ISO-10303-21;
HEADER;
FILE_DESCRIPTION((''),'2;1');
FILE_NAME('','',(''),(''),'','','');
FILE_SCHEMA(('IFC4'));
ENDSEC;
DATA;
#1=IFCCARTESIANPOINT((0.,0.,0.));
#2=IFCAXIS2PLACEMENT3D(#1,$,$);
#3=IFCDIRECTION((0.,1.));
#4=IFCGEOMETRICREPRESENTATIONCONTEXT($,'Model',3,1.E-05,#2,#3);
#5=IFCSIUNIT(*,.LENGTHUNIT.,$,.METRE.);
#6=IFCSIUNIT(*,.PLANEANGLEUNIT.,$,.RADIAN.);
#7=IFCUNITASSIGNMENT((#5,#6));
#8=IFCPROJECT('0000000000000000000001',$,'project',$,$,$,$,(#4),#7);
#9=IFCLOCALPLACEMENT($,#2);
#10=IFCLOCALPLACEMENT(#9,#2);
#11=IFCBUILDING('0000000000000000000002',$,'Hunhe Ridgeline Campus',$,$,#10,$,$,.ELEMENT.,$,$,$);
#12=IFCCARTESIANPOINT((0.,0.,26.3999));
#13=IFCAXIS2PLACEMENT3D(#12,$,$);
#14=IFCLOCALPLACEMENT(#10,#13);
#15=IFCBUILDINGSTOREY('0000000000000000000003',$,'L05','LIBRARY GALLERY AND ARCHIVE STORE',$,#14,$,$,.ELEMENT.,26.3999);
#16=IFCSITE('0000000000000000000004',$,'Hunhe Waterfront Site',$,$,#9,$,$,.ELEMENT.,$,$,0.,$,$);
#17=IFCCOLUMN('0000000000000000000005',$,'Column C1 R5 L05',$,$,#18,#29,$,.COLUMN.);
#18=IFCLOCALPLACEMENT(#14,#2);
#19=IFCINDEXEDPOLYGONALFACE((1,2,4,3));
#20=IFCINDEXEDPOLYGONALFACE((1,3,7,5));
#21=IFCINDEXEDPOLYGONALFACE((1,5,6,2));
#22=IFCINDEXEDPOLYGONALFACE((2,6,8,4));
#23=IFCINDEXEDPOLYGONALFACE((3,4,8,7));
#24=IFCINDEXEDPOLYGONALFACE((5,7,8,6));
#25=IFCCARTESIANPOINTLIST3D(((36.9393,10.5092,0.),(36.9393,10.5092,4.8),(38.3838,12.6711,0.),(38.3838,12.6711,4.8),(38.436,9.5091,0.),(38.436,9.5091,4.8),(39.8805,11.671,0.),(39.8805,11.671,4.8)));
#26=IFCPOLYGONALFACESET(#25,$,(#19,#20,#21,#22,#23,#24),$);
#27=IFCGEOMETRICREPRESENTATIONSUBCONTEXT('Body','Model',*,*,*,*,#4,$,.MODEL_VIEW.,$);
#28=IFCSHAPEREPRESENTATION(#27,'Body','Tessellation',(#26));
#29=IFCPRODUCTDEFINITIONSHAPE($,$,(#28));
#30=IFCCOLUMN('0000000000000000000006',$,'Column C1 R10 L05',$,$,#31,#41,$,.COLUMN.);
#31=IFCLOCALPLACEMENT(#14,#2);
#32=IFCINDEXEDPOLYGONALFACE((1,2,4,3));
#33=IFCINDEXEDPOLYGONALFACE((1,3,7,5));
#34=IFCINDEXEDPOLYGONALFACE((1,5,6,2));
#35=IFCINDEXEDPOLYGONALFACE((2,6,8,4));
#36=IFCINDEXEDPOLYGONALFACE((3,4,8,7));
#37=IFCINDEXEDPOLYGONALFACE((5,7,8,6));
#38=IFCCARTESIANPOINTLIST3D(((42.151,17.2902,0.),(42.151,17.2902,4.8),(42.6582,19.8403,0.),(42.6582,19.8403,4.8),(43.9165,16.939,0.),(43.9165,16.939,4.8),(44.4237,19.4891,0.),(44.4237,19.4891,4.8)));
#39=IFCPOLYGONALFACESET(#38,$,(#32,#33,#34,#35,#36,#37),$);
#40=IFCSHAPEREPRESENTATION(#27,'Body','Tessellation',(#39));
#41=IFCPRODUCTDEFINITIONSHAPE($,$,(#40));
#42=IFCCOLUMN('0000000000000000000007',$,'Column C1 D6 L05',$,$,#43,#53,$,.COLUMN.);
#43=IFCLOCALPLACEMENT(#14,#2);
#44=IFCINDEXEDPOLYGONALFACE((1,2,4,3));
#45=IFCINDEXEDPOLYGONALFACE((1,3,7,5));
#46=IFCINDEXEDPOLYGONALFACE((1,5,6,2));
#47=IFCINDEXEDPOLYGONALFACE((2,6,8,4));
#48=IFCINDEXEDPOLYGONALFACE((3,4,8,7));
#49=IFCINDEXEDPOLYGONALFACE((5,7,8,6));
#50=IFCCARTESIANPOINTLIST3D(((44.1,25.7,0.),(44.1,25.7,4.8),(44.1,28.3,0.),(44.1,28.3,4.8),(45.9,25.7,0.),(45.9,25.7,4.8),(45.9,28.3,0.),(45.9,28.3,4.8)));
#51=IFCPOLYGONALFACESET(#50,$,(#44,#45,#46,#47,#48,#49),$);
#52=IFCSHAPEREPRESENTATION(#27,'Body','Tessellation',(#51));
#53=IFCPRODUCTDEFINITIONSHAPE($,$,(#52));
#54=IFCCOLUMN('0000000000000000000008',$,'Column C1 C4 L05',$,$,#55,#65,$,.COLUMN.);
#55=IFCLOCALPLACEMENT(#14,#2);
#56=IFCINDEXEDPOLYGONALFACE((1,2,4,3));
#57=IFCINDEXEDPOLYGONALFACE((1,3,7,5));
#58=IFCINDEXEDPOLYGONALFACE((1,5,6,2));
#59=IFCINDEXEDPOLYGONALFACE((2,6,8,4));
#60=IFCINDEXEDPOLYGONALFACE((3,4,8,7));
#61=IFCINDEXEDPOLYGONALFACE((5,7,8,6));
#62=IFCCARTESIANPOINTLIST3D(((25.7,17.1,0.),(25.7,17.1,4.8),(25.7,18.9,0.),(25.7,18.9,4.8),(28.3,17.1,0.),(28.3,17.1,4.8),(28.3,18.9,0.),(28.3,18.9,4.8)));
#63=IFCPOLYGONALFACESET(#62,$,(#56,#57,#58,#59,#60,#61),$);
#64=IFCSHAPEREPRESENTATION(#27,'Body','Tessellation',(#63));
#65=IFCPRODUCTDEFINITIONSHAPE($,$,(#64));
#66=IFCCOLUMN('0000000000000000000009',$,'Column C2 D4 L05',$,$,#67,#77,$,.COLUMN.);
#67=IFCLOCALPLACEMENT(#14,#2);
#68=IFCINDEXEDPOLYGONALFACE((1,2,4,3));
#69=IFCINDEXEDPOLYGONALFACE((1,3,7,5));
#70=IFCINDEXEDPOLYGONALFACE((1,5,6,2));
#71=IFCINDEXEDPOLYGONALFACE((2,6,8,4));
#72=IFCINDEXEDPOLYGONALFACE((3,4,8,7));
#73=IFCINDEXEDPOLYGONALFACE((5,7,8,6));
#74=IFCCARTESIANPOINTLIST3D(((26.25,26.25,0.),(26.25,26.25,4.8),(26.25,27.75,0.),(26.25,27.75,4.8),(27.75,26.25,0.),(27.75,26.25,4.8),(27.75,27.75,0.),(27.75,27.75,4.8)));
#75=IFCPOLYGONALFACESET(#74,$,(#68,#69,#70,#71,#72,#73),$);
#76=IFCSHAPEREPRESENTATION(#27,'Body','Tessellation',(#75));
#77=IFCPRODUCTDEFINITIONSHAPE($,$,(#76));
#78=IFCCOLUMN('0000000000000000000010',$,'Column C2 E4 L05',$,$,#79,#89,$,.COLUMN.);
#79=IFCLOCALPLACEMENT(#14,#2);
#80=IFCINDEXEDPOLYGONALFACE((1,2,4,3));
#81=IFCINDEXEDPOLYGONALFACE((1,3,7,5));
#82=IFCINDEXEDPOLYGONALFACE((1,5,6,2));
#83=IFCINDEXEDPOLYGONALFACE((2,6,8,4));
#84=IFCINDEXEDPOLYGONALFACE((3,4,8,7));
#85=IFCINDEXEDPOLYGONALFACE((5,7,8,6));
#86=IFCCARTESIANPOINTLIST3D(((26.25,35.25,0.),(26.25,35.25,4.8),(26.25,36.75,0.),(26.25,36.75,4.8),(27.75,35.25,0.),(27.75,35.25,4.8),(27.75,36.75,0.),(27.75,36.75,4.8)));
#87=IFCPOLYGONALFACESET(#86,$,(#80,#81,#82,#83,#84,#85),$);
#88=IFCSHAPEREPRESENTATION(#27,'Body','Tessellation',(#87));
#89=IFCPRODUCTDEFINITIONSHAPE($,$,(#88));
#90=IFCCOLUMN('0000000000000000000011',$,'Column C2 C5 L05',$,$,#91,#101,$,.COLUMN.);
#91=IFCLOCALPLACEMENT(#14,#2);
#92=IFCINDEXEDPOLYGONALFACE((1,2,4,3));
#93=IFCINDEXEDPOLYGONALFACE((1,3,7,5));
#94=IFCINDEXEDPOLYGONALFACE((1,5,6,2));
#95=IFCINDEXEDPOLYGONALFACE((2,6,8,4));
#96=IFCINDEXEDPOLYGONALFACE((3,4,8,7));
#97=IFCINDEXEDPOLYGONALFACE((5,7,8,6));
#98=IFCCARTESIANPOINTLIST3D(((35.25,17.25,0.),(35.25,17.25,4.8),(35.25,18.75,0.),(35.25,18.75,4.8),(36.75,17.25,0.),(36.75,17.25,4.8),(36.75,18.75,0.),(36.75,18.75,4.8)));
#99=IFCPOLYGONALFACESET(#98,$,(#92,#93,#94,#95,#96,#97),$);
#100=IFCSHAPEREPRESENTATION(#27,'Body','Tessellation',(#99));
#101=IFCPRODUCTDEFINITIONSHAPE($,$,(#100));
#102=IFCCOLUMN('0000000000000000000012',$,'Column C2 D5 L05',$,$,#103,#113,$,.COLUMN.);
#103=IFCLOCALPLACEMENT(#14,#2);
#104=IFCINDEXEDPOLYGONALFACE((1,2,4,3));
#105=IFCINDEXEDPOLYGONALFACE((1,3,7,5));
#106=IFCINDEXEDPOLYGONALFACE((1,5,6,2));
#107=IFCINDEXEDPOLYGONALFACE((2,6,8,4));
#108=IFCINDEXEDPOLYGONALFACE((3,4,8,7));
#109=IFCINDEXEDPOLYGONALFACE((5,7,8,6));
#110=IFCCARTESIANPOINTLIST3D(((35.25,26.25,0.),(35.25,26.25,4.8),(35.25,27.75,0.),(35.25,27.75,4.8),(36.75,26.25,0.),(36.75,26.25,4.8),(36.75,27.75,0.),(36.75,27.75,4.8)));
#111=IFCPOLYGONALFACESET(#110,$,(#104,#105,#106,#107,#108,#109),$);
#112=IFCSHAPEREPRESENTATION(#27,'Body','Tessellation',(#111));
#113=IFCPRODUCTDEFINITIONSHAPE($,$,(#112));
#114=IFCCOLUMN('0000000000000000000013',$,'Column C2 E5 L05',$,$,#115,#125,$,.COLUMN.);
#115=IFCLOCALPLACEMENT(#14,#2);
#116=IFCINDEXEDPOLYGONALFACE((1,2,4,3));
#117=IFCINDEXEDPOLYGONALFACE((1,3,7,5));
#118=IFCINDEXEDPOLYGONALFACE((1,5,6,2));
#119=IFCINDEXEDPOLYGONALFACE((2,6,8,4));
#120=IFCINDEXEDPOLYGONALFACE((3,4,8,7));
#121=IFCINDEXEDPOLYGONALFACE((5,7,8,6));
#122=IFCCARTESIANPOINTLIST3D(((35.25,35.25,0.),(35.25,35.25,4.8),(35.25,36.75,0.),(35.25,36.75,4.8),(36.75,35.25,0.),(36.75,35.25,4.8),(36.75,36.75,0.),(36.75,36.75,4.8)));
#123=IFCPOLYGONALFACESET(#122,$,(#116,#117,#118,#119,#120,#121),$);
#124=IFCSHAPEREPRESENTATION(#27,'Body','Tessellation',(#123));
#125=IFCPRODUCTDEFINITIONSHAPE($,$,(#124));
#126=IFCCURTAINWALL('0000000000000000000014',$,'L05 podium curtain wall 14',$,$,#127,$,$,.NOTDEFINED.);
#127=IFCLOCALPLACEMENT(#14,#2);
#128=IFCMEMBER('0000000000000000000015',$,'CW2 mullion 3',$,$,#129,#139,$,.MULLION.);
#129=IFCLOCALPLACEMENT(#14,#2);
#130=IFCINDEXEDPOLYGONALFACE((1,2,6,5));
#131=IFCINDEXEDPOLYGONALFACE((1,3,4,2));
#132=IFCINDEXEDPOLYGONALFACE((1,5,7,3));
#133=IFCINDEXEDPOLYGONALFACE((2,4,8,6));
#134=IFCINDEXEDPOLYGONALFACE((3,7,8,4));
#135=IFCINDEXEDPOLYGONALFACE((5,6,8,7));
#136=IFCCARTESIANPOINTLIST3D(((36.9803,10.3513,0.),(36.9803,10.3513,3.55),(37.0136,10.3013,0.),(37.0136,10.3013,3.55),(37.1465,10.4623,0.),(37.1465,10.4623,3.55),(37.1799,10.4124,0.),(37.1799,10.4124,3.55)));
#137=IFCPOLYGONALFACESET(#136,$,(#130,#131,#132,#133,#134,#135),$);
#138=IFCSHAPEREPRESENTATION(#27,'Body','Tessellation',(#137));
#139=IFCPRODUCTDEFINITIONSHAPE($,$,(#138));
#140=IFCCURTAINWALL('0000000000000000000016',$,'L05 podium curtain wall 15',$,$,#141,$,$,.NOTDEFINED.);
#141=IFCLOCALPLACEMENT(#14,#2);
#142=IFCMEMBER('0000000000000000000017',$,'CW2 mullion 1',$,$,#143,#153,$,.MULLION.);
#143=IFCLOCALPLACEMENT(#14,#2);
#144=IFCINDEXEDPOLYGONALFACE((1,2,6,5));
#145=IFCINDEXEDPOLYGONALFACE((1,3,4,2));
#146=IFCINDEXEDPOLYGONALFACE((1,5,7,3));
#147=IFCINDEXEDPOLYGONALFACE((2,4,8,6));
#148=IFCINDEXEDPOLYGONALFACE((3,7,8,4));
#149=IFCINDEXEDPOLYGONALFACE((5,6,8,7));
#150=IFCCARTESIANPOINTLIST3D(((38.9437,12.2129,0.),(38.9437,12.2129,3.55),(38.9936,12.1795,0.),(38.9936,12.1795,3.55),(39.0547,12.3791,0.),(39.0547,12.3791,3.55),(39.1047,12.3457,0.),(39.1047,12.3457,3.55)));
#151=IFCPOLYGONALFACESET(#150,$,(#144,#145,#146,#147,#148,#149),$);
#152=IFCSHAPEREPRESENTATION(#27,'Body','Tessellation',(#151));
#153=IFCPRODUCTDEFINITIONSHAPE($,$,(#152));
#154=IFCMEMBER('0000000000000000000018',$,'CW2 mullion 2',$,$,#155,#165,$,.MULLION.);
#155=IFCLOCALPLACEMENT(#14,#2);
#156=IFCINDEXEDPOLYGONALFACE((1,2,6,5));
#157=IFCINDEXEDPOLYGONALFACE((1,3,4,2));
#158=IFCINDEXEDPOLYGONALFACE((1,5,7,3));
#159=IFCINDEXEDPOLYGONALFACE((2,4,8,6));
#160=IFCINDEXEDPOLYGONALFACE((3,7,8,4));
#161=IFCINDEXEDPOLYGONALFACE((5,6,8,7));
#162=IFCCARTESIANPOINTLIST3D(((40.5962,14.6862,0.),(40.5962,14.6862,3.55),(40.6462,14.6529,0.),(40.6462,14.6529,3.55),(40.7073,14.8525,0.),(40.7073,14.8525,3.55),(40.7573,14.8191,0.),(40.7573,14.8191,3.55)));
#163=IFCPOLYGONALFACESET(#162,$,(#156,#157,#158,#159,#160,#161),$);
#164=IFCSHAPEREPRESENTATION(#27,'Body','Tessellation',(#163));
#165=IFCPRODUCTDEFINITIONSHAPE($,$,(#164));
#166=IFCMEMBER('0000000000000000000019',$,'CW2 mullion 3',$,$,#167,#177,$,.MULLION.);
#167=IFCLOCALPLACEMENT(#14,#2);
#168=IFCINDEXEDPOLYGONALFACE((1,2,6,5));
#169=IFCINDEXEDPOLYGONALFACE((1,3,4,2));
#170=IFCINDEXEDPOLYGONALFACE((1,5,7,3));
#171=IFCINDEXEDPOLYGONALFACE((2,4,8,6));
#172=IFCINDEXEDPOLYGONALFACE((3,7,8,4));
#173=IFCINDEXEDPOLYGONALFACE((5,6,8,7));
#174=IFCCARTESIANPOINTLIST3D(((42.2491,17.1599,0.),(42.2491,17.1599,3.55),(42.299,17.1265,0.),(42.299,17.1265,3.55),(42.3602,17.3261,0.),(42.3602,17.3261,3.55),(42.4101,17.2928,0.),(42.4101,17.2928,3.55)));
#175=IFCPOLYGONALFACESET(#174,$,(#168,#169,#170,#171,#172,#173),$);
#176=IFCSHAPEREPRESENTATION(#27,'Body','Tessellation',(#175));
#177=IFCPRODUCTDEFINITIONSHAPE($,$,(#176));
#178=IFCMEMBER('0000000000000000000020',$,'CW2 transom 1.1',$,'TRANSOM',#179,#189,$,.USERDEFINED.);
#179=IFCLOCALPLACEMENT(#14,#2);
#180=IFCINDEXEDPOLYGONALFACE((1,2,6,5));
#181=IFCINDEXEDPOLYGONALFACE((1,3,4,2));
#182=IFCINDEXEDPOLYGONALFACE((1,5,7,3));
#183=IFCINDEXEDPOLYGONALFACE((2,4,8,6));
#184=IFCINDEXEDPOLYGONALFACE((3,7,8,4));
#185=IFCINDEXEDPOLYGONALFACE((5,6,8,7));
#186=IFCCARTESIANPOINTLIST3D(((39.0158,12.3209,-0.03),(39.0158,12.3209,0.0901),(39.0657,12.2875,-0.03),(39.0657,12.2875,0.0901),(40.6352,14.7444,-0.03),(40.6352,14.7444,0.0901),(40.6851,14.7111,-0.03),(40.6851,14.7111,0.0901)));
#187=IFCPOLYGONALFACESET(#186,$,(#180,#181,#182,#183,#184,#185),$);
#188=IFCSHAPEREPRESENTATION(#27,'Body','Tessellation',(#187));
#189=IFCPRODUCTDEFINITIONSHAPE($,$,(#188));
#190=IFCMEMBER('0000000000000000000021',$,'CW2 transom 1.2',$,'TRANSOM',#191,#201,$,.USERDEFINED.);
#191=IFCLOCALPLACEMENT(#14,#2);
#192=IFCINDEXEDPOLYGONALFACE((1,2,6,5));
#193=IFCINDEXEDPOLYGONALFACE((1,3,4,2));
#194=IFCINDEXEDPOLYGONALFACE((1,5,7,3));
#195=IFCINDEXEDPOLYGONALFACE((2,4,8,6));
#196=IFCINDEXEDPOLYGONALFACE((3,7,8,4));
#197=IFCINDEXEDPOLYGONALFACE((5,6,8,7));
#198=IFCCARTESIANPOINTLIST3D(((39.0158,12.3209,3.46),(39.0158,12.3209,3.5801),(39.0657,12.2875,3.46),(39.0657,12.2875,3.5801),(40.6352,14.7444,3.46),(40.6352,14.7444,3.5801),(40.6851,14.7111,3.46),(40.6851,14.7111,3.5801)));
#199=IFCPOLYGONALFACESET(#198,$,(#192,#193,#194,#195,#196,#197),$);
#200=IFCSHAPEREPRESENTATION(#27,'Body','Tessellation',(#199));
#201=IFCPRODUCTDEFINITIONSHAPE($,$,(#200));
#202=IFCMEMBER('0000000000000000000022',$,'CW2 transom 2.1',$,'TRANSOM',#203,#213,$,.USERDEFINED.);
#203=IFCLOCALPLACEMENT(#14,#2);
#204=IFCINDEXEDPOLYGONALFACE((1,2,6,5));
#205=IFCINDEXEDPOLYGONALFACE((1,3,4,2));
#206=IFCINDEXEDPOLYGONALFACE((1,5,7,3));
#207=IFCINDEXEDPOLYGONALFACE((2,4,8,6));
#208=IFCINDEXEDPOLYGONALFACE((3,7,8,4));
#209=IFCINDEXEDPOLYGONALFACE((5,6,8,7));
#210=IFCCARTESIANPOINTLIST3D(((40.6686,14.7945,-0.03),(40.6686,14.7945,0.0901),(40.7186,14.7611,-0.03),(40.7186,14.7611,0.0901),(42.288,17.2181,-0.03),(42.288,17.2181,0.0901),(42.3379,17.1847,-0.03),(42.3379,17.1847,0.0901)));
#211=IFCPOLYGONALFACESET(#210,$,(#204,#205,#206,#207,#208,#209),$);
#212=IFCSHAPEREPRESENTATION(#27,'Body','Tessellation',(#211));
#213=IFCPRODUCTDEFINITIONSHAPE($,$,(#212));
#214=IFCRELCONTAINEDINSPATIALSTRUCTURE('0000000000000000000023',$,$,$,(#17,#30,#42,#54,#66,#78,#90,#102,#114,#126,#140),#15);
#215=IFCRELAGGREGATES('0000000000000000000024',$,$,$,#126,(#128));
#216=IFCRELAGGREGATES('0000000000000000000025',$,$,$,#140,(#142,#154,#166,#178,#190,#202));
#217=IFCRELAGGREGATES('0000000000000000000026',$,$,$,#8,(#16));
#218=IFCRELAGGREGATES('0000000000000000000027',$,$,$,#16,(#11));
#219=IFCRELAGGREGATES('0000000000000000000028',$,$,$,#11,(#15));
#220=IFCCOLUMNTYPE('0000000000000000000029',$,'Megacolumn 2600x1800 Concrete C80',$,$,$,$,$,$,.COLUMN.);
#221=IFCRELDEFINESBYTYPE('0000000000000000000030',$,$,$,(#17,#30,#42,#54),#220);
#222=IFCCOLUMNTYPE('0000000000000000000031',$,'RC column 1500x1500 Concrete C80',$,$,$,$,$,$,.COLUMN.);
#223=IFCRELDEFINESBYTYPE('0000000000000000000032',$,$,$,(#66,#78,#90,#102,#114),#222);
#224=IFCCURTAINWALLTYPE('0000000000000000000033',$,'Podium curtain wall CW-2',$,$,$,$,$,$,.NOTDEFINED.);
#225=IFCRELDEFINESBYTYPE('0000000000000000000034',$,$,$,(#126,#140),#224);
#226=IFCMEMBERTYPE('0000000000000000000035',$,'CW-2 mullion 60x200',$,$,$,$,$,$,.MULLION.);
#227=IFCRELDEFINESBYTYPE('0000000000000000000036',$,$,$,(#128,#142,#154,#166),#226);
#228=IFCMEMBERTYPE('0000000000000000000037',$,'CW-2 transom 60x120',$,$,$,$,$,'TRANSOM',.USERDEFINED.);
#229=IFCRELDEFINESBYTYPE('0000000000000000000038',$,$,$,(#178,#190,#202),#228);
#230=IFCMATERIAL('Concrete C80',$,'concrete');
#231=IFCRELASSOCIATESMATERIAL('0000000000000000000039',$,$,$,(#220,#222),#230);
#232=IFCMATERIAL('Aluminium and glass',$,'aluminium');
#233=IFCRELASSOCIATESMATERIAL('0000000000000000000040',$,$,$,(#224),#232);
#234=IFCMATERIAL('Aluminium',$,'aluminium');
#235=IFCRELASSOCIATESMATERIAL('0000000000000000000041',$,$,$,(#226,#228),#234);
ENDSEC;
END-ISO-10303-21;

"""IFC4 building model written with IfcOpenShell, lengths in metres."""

from ifc_helpers import new_model, si_unit, direction, frame, origin, origin_2d, place, context, subcontext, project, spatial, rectangle, extrude, material, material_profile, profile_set, type_object, element, aggregate, save


model = new_model("IFC4")

# Units and contexts
model_context = context("Model", 3, precision=1e-05, world=origin(), true_north=direction((0.0, 1.0)))
body_context = subcontext(model_context, "Body", "Model", "MODEL_VIEW")
ifc_project = project(units=[si_unit("LENGTHUNIT", "METRE"), si_unit("PLANEANGLEUNIT", "RADIAN")], contexts=[model_context])

# Site, building, storey
site_placement = place(None, origin())
site = spatial("IfcSite", under=ifc_project, at=site_placement, Name="Hunhe Waterfront Site", CompositionType="ELEMENT", RefElevation=0.0)
building_placement = place(site_placement, origin())
building = spatial("IfcBuilding", under=site, at=building_placement, Name="Hunhe Ridgeline Campus", CompositionType="ELEMENT")
storey_placement = place(building_placement, frame((0.0, 0.0, 26.3999)))
storey = spatial("IfcBuildingStorey", under=building, at=storey_placement, Name="L05", Description="LIBRARY GALLERY AND ARCHIVE STORE", CompositionType="ELEMENT", Elevation=26.3999)

# Columns
ifc_material_1 = material(Name="Concrete C80", Category="concrete")
ifc_material_profile_1 = material_profile(ifc_material_1, rectangle(XDim=2.6001, YDim=1.8, at=origin_2d()))
ifc_profile_set_1 = profile_set([ifc_material_profile_1], Name="Concrete C80")
column_type_1 = type_object("IfcColumnType", Name="Megacolumn 2600x1800 Concrete C80", PredefinedType="COLUMN", material=ifc_profile_set_1)
for number, where, z_axis, x_axis, name in (
    (1, (38.4099, 11.0901, 0.0), (0.0, 0.0, 1.0), (0.55557, 0.83147, 0.0), "Column C1 R5 L05"),
    (2, (43.2874, 18.3896, 0.0), (0.0, 0.0, 1.0), (0.19509, 0.980785, 0.0), "Column C1 R10 L05"),
    (3, (45.0, 27.0, 0.0), (0.0, 0.0, 1.0), (0.0, 1.0, 0.0), "Column C1 D6 L05"),
    (4, (27.0, 18.0, 0.0), (0.0, 0.0, 1.0), (1.0, 0.0, 0.0), "Column C1 C4 L05"),
):
    element("IfcColumn", number, at=place(storey_placement, frame(where, z_axis=z_axis, x_axis=x_axis)), inside=storey, type_object=column_type_1, Name=name, PredefinedType="COLUMN", context=body_context, shape_type="SweptSolid", body=[
        extrude(rectangle(XDim=2.6001, YDim=1.8, at=origin_2d()), origin(), (0.0, 0.0, 1.0), 4.8),
    ])
ifc_material_profile_2 = material_profile(ifc_material_1, rectangle(XDim=1.5, YDim=1.5, at=origin_2d()))
ifc_profile_set_2 = profile_set([ifc_material_profile_2], Name="Concrete C80")
column_type_2 = type_object("IfcColumnType", Name="RC column 1500x1500 Concrete C80", PredefinedType="COLUMN", material=ifc_profile_set_2)
for number, where, z_axis, x_axis, name in (
    (5, (27.0, 27.0, 0.0), (0.0, 0.0, 1.0), (1.0, 0.0, 0.0), "Column C2 D4 L05"),
    (6, (27.0, 36.0, 0.0), (0.0, 0.0, 1.0), (1.0, 0.0, 0.0), "Column C2 E4 L05"),
    (7, (36.0, 18.0, 0.0), (0.0, 0.0, 1.0), (1.0, 0.0, 0.0), "Column C2 C5 L05"),
    (8, (36.0, 27.0, 0.0), (0.0, 0.0, 1.0), (1.0, 0.0, 0.0), "Column C2 D5 L05"),
    (9, (36.0, 36.0, 0.0), (0.0, 0.0, 1.0), (1.0, 0.0, 0.0), "Column C2 E5 L05"),
):
    element("IfcColumn", number, at=place(storey_placement, frame(where, z_axis=z_axis, x_axis=x_axis)), inside=storey, type_object=column_type_2, Name=name, PredefinedType="COLUMN", context=body_context, shape_type="SweptSolid", body=[
        extrude(rectangle(XDim=1.5, YDim=1.5, at=origin_2d()), origin(), (0.0, 0.0, 1.0), 4.8),
    ])

# Curtain wall, member
ifc_material_2 = material(Name="Aluminium and glass", Category="aluminium")
curtain_wall_type = type_object("IfcCurtainWallType", Name="Podium curtain wall CW-2", PredefinedType="NOTDEFINED", material=ifc_material_2)
curtain_wall_1_placement = place(storey_placement, origin())
curtain_wall_1 = element("IfcCurtainWall", 10, at=curtain_wall_1_placement, inside=storey, type_object=curtain_wall_type, Name="L05 podium curtain wall 14", PredefinedType="NOTDEFINED")
ifc_material_3 = material(Name="Aluminium", Category="aluminium")
ifc_material_profile_3 = material_profile(ifc_material_3, rectangle(XDim=0.0601, YDim=0.2, at=origin_2d()))
ifc_profile_set_3 = profile_set([ifc_material_profile_3], Name="Aluminium")
member_type_1 = type_object("IfcMemberType", Name="CW-2 mullion 60x200", PredefinedType="MULLION", material=ifc_profile_set_3)
member_1_placement = place(storey_placement, frame((37.0801, 10.3818, 0.0), z_axis=(0.0, 0.0, 1.0), x_axis=(-0.555579, 0.831464, 0.0)))
member_1 = element("IfcMember", 11, at=member_1_placement, type_object=member_type_1, Name="CW2 mullion 3", PredefinedType="MULLION", context=body_context, shape_type="SweptSolid", body=[
    extrude(rectangle(XDim=0.0601, YDim=0.2, at=origin_2d()), origin(), (0.0, 0.0, 1.0), 3.55),
])
aggregate(curtain_wall_1, [member_1])

# Curtain wall, members
curtain_wall_2_placement = place(storey_placement, origin())
curtain_wall_2 = element("IfcCurtainWall", 12, at=curtain_wall_2_placement, inside=storey, type_object=curtain_wall_type, Name="L05 podium curtain wall 15", PredefinedType="NOTDEFINED")
member_2_placement = place(storey_placement, frame((39.0242, 12.2793, 0.0), z_axis=(0.0, 0.0, 1.0), x_axis=(-0.831469, 0.555572, 0.0)))
member_2 = element("IfcMember", 13, at=member_2_placement, type_object=member_type_1, Name="CW2 mullion 1", PredefinedType="MULLION", context=body_context, shape_type="SweptSolid", body=[
    extrude(rectangle(XDim=0.0601, YDim=0.2, at=origin_2d()), origin(), (0.0, 0.0, 1.0), 3.55),
])
member_3_placement = place(storey_placement, frame((40.6768, 14.7527, 0.0), z_axis=(0.0, 0.0, 1.0), x_axis=(-0.831469, 0.555572, 0.0)))
member_3 = element("IfcMember", 14, at=member_3_placement, type_object=member_type_1, Name="CW2 mullion 2", PredefinedType="MULLION", context=body_context, shape_type="SweptSolid", body=[
    extrude(rectangle(XDim=0.0601, YDim=0.2, at=origin_2d()), origin(), (0.0, 0.0, 1.0), 3.55),
])
member_4_placement = place(storey_placement, frame((42.3296, 17.2263, 0.0), z_axis=(0.0, 0.0, 1.0), x_axis=(-0.831469, 0.555572, 0.0)))
member_4 = element("IfcMember", 15, at=member_4_placement, type_object=member_type_1, Name="CW2 mullion 3", PredefinedType="MULLION", context=body_context, shape_type="SweptSolid", body=[
    extrude(rectangle(XDim=0.0601, YDim=0.2, at=origin_2d()), origin(), (0.0, 0.0, 1.0), 3.55),
])
ifc_material_profile_4 = material_profile(ifc_material_3, rectangle(XDim=0.0601, YDim=0.1201, at=origin_2d()))
ifc_profile_set_4 = profile_set([ifc_material_profile_4], Name="Aluminium")
member_type_2 = type_object("IfcMemberType", Name="CW-2 transom 60x120", ElementType="TRANSOM", PredefinedType="USERDEFINED", material=ifc_profile_set_4)
member_5_placement = place(storey_placement, frame((39.0408, 12.3042, 0.03), z_axis=(0.55557, 0.83147, 0.0), x_axis=(-0.83147, 0.55557, 0.0)))
member_5 = element("IfcMember", 16, at=member_5_placement, type_object=member_type_2, Name="CW2 transom 1.1", ObjectType="TRANSOM", PredefinedType="USERDEFINED", context=body_context, shape_type="SweptSolid", body=[
    extrude(rectangle(XDim=0.0601, YDim=0.1201, at=origin_2d()), origin(), (0.0, 0.0, 1.0), 2.9148),
])
member_6_placement = place(storey_placement, frame((39.0408, 12.3042, 3.52), z_axis=(0.55557, 0.83147, 0.0), x_axis=(-0.83147, 0.55557, 0.0)))
member_6 = element("IfcMember", 17, at=member_6_placement, type_object=member_type_2, Name="CW2 transom 1.2", ObjectType="TRANSOM", PredefinedType="USERDEFINED", context=body_context, shape_type="SweptSolid", body=[
    extrude(rectangle(XDim=0.0601, YDim=0.1201, at=origin_2d()), origin(), (0.0, 0.0, 1.0), 2.9148),
])
member_7_placement = place(storey_placement, frame((40.6936, 14.7778, 0.03), z_axis=(0.55557, 0.83147, 0.0), x_axis=(-0.83147, 0.55557, 0.0)))
member_7 = element("IfcMember", 18, at=member_7_placement, type_object=member_type_2, Name="CW2 transom 2.1", ObjectType="TRANSOM", PredefinedType="USERDEFINED", context=body_context, shape_type="SweptSolid", body=[
    extrude(rectangle(XDim=0.0601, YDim=0.1201, at=origin_2d()), origin(), (0.0, 0.0, 1.0), 2.9148),
])
aggregate(curtain_wall_2, [member_2, member_3, member_4, member_5, member_6, member_7])

save(model, "model.ifc")
